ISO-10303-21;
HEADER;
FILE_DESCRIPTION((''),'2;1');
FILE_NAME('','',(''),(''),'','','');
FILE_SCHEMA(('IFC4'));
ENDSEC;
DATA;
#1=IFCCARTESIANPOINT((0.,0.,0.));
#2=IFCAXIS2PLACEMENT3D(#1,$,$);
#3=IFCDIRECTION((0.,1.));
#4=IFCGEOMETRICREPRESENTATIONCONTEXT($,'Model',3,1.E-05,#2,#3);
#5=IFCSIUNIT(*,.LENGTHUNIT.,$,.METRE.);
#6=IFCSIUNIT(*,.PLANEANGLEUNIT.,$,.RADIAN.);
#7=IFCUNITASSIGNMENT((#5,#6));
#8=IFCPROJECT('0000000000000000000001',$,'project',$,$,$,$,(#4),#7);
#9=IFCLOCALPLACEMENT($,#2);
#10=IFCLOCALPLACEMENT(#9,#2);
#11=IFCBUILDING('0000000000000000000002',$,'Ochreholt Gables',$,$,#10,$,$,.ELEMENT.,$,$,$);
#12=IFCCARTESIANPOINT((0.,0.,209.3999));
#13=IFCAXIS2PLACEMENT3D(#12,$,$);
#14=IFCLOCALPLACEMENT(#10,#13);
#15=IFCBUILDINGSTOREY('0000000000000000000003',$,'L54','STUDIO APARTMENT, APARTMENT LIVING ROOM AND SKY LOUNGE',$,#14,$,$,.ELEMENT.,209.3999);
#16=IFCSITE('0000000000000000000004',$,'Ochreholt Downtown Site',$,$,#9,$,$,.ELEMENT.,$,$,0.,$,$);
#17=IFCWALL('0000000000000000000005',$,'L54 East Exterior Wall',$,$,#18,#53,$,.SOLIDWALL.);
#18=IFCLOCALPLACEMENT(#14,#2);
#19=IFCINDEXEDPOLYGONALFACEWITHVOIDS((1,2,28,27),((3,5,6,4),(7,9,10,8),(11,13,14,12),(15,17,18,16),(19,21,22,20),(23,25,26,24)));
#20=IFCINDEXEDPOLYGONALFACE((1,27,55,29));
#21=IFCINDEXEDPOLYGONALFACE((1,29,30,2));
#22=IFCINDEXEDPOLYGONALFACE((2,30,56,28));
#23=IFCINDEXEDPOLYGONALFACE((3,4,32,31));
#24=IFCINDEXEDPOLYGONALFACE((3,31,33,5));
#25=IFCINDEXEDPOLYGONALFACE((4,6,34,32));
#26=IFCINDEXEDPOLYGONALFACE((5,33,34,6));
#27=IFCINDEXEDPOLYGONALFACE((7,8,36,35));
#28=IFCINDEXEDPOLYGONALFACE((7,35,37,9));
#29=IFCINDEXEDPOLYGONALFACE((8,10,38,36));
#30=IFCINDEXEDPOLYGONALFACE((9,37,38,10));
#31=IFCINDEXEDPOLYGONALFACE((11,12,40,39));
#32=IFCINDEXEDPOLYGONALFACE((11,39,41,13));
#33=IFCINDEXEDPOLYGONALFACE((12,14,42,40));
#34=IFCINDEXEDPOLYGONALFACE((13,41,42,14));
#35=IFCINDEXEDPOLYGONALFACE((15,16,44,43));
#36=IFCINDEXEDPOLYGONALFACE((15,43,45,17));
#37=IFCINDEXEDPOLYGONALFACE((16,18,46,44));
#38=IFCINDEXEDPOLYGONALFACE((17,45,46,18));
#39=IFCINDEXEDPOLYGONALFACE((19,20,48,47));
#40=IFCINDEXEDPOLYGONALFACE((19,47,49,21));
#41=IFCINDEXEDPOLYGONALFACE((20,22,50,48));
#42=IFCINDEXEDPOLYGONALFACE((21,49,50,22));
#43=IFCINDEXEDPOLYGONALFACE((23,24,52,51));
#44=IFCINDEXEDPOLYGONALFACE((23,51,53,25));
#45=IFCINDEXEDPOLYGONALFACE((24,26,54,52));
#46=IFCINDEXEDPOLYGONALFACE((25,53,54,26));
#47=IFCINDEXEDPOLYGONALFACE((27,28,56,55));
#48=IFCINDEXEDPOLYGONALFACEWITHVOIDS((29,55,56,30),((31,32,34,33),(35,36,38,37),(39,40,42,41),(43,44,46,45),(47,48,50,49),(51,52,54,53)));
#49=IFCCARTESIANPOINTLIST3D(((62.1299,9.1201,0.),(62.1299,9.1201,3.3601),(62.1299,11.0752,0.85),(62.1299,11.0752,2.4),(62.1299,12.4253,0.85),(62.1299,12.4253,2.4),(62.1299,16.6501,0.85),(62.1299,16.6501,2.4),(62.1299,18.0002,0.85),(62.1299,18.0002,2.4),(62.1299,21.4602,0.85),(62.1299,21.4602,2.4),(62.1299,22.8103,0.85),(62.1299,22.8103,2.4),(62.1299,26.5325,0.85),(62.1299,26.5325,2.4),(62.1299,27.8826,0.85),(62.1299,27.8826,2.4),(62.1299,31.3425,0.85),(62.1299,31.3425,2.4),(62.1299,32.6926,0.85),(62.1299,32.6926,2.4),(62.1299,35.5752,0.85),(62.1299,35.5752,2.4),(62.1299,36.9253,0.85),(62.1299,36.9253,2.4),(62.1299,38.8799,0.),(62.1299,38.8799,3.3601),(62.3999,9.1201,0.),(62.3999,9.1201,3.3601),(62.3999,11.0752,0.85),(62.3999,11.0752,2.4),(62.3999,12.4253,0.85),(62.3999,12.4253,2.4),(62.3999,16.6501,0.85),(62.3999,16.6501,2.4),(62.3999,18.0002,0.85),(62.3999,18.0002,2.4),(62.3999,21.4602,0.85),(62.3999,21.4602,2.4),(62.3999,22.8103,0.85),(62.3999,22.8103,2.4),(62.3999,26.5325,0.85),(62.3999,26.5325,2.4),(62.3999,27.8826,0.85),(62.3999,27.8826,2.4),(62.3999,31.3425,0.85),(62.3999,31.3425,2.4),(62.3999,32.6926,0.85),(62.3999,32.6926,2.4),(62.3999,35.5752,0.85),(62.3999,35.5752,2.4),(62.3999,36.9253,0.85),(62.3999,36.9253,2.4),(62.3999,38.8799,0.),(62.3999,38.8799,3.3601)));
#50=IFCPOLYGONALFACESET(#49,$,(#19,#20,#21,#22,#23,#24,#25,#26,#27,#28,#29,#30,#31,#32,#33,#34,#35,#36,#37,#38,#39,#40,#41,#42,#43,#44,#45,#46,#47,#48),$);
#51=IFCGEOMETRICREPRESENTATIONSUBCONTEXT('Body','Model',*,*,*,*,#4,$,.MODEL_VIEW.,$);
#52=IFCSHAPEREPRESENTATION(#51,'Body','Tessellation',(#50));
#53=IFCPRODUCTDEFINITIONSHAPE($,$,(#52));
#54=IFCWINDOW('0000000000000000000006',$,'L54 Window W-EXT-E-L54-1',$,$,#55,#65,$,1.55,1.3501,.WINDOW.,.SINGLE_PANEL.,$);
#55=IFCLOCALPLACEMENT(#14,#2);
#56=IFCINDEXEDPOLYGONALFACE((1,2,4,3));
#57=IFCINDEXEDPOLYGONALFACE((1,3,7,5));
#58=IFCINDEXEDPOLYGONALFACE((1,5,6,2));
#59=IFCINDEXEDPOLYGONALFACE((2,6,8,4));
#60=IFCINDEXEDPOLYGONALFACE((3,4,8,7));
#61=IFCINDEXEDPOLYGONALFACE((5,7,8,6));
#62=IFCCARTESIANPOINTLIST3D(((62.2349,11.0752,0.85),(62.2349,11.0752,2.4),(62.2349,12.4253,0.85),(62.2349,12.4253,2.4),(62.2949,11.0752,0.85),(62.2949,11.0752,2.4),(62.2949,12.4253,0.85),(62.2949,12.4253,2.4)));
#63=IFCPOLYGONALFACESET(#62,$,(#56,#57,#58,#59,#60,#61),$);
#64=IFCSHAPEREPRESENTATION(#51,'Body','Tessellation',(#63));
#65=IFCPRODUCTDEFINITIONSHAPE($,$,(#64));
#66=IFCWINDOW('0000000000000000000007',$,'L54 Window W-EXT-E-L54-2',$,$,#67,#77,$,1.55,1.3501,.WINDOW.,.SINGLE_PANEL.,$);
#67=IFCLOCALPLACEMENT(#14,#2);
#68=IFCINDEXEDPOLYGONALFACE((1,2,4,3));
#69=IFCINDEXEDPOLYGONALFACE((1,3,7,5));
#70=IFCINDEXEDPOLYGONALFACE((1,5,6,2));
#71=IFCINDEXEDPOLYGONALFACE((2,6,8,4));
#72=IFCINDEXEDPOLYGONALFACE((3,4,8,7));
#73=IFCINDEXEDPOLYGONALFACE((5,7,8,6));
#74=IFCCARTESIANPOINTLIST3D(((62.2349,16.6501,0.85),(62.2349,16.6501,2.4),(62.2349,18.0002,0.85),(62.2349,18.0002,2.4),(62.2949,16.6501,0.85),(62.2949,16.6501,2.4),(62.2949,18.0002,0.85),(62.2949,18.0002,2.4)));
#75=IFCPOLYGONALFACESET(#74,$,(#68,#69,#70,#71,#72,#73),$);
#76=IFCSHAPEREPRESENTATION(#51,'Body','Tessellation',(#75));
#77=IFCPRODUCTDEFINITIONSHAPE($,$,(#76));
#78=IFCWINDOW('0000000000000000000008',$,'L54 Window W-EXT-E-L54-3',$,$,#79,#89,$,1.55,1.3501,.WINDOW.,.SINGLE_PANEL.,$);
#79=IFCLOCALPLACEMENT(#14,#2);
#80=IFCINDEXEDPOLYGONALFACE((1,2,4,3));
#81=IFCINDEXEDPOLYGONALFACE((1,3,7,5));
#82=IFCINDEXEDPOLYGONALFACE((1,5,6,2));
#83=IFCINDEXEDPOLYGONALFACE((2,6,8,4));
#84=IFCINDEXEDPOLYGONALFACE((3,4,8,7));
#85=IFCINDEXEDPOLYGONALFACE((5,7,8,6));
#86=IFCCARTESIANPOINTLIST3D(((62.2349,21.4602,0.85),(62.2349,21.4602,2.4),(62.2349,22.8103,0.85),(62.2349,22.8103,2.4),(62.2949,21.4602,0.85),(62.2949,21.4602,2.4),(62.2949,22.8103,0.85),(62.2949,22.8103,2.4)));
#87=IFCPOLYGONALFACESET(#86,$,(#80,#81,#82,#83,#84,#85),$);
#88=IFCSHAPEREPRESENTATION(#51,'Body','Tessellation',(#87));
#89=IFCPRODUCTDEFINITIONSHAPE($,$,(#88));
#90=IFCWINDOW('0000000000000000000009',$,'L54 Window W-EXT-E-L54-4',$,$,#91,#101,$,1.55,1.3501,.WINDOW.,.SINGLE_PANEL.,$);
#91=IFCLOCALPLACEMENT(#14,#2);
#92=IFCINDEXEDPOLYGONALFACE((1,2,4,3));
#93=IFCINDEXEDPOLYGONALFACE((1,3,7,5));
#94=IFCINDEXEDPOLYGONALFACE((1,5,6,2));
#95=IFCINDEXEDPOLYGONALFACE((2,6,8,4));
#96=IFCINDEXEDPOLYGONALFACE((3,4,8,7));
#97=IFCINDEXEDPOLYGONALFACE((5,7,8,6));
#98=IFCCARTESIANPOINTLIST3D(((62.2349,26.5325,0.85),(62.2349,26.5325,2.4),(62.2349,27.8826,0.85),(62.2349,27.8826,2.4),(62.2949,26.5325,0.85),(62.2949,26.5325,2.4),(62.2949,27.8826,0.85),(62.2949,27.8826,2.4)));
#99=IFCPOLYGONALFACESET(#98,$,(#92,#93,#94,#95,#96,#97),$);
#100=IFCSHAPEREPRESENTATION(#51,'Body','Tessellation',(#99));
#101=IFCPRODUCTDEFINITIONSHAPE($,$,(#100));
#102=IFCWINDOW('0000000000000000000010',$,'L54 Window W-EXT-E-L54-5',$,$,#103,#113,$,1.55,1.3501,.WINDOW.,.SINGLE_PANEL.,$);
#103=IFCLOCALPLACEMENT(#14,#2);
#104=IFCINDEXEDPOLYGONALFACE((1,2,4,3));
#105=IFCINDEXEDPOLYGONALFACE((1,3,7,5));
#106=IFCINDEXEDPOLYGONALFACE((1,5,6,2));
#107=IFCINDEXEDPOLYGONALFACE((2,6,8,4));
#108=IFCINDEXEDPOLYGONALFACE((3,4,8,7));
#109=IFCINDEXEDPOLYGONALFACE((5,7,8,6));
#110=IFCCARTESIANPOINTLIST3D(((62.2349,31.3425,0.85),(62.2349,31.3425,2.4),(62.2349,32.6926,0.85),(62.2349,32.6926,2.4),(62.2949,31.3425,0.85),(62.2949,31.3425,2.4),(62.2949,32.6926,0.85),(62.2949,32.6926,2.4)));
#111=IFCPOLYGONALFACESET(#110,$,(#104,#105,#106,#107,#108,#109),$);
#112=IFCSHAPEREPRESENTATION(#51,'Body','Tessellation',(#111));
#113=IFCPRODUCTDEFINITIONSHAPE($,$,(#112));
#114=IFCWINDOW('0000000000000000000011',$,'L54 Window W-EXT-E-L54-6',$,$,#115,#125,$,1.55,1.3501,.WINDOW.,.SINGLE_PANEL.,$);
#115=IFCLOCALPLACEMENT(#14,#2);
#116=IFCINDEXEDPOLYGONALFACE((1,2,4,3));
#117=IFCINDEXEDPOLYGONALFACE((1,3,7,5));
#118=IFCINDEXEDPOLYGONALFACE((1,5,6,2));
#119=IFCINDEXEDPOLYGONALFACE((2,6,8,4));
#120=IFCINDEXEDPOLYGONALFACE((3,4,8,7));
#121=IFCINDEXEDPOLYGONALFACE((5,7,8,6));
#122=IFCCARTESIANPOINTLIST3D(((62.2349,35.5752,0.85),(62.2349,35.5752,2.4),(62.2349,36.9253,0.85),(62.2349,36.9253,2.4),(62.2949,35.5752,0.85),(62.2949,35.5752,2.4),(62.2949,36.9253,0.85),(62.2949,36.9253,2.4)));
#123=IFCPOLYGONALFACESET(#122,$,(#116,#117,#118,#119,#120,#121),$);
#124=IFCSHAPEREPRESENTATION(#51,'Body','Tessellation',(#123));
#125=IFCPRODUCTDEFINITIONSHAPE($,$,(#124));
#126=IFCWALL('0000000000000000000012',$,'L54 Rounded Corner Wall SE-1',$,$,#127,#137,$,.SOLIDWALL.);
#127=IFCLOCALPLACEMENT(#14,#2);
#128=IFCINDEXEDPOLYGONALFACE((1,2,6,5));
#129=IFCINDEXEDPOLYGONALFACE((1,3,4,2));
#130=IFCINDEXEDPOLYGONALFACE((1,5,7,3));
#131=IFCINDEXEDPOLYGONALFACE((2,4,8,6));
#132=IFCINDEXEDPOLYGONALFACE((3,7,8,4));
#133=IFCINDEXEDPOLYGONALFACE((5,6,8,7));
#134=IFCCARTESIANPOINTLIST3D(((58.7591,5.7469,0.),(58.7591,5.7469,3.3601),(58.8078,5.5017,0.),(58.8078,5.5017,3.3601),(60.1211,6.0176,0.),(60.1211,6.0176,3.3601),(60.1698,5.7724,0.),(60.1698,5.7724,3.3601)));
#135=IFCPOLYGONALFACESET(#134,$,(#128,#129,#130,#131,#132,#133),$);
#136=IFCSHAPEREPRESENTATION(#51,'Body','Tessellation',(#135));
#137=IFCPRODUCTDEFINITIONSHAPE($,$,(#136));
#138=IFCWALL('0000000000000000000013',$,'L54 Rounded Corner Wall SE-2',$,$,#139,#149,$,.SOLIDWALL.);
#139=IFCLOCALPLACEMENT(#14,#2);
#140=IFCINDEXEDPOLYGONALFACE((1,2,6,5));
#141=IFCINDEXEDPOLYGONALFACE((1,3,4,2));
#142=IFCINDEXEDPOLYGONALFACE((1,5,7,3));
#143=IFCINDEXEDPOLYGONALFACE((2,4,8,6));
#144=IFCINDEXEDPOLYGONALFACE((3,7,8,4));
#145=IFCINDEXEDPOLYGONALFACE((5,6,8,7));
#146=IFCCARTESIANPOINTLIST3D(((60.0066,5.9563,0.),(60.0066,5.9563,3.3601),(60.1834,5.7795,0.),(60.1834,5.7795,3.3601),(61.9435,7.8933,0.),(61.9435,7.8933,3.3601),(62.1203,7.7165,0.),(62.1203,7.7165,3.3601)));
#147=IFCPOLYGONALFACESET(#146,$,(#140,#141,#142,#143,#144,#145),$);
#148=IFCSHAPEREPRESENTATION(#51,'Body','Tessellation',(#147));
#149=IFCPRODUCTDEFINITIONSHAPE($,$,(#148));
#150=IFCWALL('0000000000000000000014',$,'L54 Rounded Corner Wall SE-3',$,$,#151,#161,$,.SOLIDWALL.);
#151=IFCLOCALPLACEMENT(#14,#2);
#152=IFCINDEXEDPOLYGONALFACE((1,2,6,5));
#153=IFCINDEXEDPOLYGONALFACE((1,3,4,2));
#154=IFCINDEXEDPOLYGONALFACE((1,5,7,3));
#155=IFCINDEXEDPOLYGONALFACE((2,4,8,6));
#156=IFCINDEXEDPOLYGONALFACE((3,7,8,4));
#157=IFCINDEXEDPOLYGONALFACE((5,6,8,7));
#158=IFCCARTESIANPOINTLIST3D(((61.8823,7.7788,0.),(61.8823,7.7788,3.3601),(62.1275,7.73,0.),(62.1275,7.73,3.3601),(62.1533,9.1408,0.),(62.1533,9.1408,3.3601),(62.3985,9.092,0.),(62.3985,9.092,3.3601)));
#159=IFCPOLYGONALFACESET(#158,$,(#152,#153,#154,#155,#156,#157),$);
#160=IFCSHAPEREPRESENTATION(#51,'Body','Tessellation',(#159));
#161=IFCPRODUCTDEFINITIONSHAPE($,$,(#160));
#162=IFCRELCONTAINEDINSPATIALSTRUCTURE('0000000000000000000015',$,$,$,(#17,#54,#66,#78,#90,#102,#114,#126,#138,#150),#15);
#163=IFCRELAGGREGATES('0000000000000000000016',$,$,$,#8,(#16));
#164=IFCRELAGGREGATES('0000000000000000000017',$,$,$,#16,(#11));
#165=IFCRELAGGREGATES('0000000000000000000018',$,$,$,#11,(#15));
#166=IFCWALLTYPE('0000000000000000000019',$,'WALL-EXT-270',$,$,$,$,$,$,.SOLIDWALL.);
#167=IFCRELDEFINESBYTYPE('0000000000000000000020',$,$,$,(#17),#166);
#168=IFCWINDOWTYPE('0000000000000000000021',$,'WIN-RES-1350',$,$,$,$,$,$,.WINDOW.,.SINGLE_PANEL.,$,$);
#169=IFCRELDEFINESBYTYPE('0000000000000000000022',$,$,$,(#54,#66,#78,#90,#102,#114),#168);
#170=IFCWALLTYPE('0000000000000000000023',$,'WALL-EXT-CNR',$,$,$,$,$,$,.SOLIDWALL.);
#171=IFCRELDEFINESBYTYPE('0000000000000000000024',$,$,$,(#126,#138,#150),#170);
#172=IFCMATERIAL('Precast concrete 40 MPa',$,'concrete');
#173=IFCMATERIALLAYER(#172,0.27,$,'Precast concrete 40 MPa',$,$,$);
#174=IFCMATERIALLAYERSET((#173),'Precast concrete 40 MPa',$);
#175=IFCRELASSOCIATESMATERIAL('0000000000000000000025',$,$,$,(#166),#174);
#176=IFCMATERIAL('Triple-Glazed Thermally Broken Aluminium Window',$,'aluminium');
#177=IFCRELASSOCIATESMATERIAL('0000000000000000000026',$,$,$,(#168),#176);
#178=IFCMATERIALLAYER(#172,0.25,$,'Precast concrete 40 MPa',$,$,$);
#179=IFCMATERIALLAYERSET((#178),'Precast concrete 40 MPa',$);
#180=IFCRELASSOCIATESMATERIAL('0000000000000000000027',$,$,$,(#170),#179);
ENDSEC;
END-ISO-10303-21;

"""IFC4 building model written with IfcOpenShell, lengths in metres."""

from ifc_helpers import new_model, si_unit, direction, frame, frame_2d, origin, place, context, subcontext, project, spatial, rectangle, extrude, material, layer, layer_set, type_object, element, fill, save


model = new_model("IFC4")

# Units and contexts
model_context = context("Model", 3, precision=1e-05, world=origin(), true_north=direction((0.0, 1.0)))
body_context = subcontext(model_context, "Body", "Model", "MODEL_VIEW")
ifc_project = project(units=[si_unit("LENGTHUNIT", "METRE"), si_unit("PLANEANGLEUNIT", "RADIAN")], contexts=[model_context])

# Site, building, storey
site_placement = place(None, origin())
site = spatial("IfcSite", under=ifc_project, at=site_placement, Name="Ochreholt Downtown Site", CompositionType="ELEMENT", RefElevation=0.0)
building_placement = place(site_placement, origin())
building = spatial("IfcBuilding", under=site, at=building_placement, Name="Ochreholt Gables", CompositionType="ELEMENT")
storey_placement = place(building_placement, frame((0.0, 0.0, 209.3999)))
storey = spatial("IfcBuildingStorey", under=building, at=storey_placement, Name="L54", Description="STUDIO APARTMENT, APARTMENT LIVING ROOM AND SKY LOUNGE", CompositionType="ELEMENT", Elevation=209.3999)

# Wall, openings, windows
ifc_material_1 = material(Name="Precast concrete 40 MPa", Category="concrete")
ifc_layer_1 = layer(ifc_material_1, 0.27, Name="Precast concrete 40 MPa")
ifc_layer_set_1 = layer_set([ifc_layer_1], Name="Precast concrete 40 MPa")
wall_type_1 = type_object("IfcWallType", Name="WALL-EXT-270", PredefinedType="SOLIDWALL", material=ifc_layer_set_1)
wall_1_placement = place(storey_placement, frame((62.2649, 9.1201, 0.0), z_axis=(0.0, 0.0, 1.0), x_axis=(0.0, 1.0, 0.0)))
wall_1 = element("IfcWall", 1, at=wall_1_placement, inside=storey, type_object=wall_type_1, Name="L54 East Exterior Wall", PredefinedType="SOLIDWALL", context=body_context, shape_type="SweptSolid", body=[
    extrude(rectangle(XDim=29.7598, YDim=0.27, at=frame_2d((14.8799, 0.0))), origin(), (0.0, 0.0, 1.0), 3.3601),
])
opening_1_placement = place(wall_1_placement, frame((1.9551, 0.0, 0.8501)))
opening_1 = element("IfcOpeningElement", 2, at=opening_1_placement, cuts=wall_1, PredefinedType="OPENING", context=body_context, shape_type="SweptSolid", body=[
    extrude(rectangle(XDim=1.3501, YDim=1.55, at=frame_2d((0.675, 0.7749))), frame((0.0, 0.145, 0.0), z_axis=(0.0, -1.0, 0.0), x_axis=(1.0, 0.0, 0.0)), (0.0, 0.0, 1.0), 0.29),
])
opening_2_placement = place(wall_1_placement, frame((7.53, 0.0, 0.8501)))
opening_2 = element("IfcOpeningElement", 3, at=opening_2_placement, cuts=wall_1, PredefinedType="OPENING", context=body_context, shape_type="SweptSolid", body=[
    extrude(rectangle(XDim=1.3501, YDim=1.55, at=frame_2d((0.675, 0.7749))), frame((0.0, 0.145, 0.0), z_axis=(0.0, -1.0, 0.0), x_axis=(1.0, 0.0, 0.0)), (0.0, 0.0, 1.0), 0.29),
])
opening_3_placement = place(wall_1_placement, frame((12.3401, 0.0, 0.8501)))
opening_3 = element("IfcOpeningElement", 4, at=opening_3_placement, cuts=wall_1, PredefinedType="OPENING", context=body_context, shape_type="SweptSolid", body=[
    extrude(rectangle(XDim=1.3501, YDim=1.55, at=frame_2d((0.675, 0.7749))), frame((0.0, 0.145, 0.0), z_axis=(0.0, -1.0, 0.0), x_axis=(1.0, 0.0, 0.0)), (0.0, 0.0, 1.0), 0.29),
])
opening_4_placement = place(wall_1_placement, frame((17.4124, 0.0, 0.8501)))
opening_4 = element("IfcOpeningElement", 5, at=opening_4_placement, cuts=wall_1, PredefinedType="OPENING", context=body_context, shape_type="SweptSolid", body=[
    extrude(rectangle(XDim=1.3501, YDim=1.55, at=frame_2d((0.675, 0.7749))), frame((0.0, 0.145, 0.0), z_axis=(0.0, -1.0, 0.0), x_axis=(1.0, 0.0, 0.0)), (0.0, 0.0, 1.0), 0.29),
])
opening_5_placement = place(wall_1_placement, frame((22.2224, 0.0, 0.8501)))
opening_5 = element("IfcOpeningElement", 6, at=opening_5_placement, cuts=wall_1, PredefinedType="OPENING", context=body_context, shape_type="SweptSolid", body=[
    extrude(rectangle(XDim=1.3501, YDim=1.55, at=frame_2d((0.675, 0.7749))), frame((0.0, 0.145, 0.0), z_axis=(0.0, -1.0, 0.0), x_axis=(1.0, 0.0, 0.0)), (0.0, 0.0, 1.0), 0.29),
])
opening_6_placement = place(wall_1_placement, frame((26.4551, 0.0, 0.8501)))
opening_6 = element("IfcOpeningElement", 7, at=opening_6_placement, cuts=wall_1, PredefinedType="OPENING", context=body_context, shape_type="SweptSolid", body=[
    extrude(rectangle(XDim=1.3501, YDim=1.55, at=frame_2d((0.675, 0.7749))), frame((0.0, 0.145, 0.0), z_axis=(0.0, -1.0, 0.0), x_axis=(1.0, 0.0, 0.0)), (0.0, 0.0, 1.0), 0.29),
])
ifc_material_2 = material(Name="Triple-Glazed Thermally Broken Aluminium Window", Category="aluminium")
window_type = type_object("IfcWindowType", Name="WIN-RES-1350", PartitioningType="SINGLE_PANEL", PredefinedType="WINDOW", material=ifc_material_2)
window_1_placement = place(opening_1_placement, origin())
window_1 = element("IfcWindow", 8, at=window_1_placement, inside=storey, type_object=window_type, Name="L54 Window W-EXT-E-L54-1", OverallHeight=1.55, OverallWidth=1.3501, PartitioningType="SINGLE_PANEL", PredefinedType="WINDOW", context=body_context, shape_type="SweptSolid", body=[
    extrude(rectangle(XDim=1.3501, YDim=1.55, at=frame_2d((0.675, 0.7749))), frame((0.0, 0.03, 0.0), z_axis=(0.0, -1.0, 0.0), x_axis=(1.0, 0.0, 0.0)), (0.0, 0.0, 1.0), 0.0601),
])
fill(opening_1, window_1)
window_2_placement = place(opening_2_placement, origin())
window_2 = element("IfcWindow", 9, at=window_2_placement, inside=storey, type_object=window_type, Name="L54 Window W-EXT-E-L54-2", OverallHeight=1.55, OverallWidth=1.3501, PartitioningType="SINGLE_PANEL", PredefinedType="WINDOW", context=body_context, shape_type="SweptSolid", body=[
    extrude(rectangle(XDim=1.3501, YDim=1.55, at=frame_2d((0.675, 0.7749))), frame((0.0, 0.03, 0.0), z_axis=(0.0, -1.0, 0.0), x_axis=(1.0, 0.0, 0.0)), (0.0, 0.0, 1.0), 0.0601),
])
fill(opening_2, window_2)
window_3_placement = place(opening_3_placement, origin())
window_3 = element("IfcWindow", 10, at=window_3_placement, inside=storey, type_object=window_type, Name="L54 Window W-EXT-E-L54-3", OverallHeight=1.55, OverallWidth=1.3501, PartitioningType="SINGLE_PANEL", PredefinedType="WINDOW", context=body_context, shape_type="SweptSolid", body=[
    extrude(rectangle(XDim=1.3501, YDim=1.55, at=frame_2d((0.675, 0.7749))), frame((0.0, 0.03, 0.0), z_axis=(0.0, -1.0, 0.0), x_axis=(1.0, 0.0, 0.0)), (0.0, 0.0, 1.0), 0.0601),
])
fill(opening_3, window_3)
window_4_placement = place(opening_4_placement, origin())
window_4 = element("IfcWindow", 11, at=window_4_placement, inside=storey, type_object=window_type, Name="L54 Window W-EXT-E-L54-4", OverallHeight=1.55, OverallWidth=1.3501, PartitioningType="SINGLE_PANEL", PredefinedType="WINDOW", context=body_context, shape_type="SweptSolid", body=[
    extrude(rectangle(XDim=1.3501, YDim=1.55, at=frame_2d((0.675, 0.7749))), frame((0.0, 0.03, 0.0), z_axis=(0.0, -1.0, 0.0), x_axis=(1.0, 0.0, 0.0)), (0.0, 0.0, 1.0), 0.0601),
])
fill(opening_4, window_4)
window_5_placement = place(opening_5_placement, origin())
window_5 = element("IfcWindow", 12, at=window_5_placement, inside=storey, type_object=window_type, Name="L54 Window W-EXT-E-L54-5", OverallHeight=1.55, OverallWidth=1.3501, PartitioningType="SINGLE_PANEL", PredefinedType="WINDOW", context=body_context, shape_type="SweptSolid", body=[
    extrude(rectangle(XDim=1.3501, YDim=1.55, at=frame_2d((0.675, 0.7749))), frame((0.0, 0.03, 0.0), z_axis=(0.0, -1.0, 0.0), x_axis=(1.0, 0.0, 0.0)), (0.0, 0.0, 1.0), 0.0601),
])
fill(opening_5, window_5)
window_6_placement = place(opening_6_placement, origin())
window_6 = element("IfcWindow", 13, at=window_6_placement, inside=storey, type_object=window_type, Name="L54 Window W-EXT-E-L54-6", OverallHeight=1.55, OverallWidth=1.3501, PartitioningType="SINGLE_PANEL", PredefinedType="WINDOW", context=body_context, shape_type="SweptSolid", body=[
    extrude(rectangle(XDim=1.3501, YDim=1.55, at=frame_2d((0.675, 0.7749))), frame((0.0, 0.03, 0.0), z_axis=(0.0, -1.0, 0.0), x_axis=(1.0, 0.0, 0.0)), (0.0, 0.0, 1.0), 0.0601),
])
fill(opening_6, window_6)

# Walls
ifc_layer_2 = layer(ifc_material_1, 0.25, Name="Precast concrete 40 MPa")
ifc_layer_set_2 = layer_set([ifc_layer_2], Name="Precast concrete 40 MPa")
wall_type_2 = type_object("IfcWallType", Name="WALL-EXT-CNR", PredefinedType="SOLIDWALL", material=ifc_layer_set_2)
wall_2_placement = place(storey_placement, frame((58.7834, 5.6243, 0.0), z_axis=(0.0, 0.0, 1.0), x_axis=(0.98081, 0.194967, 0.0)))
element("IfcWall", 14, at=wall_2_placement, inside=storey, type_object=wall_type_2, Name="L54 Rounded Corner Wall SE-1", PredefinedType="SOLIDWALL", context=body_context, shape_type="SweptSolid", body=[
    extrude(rectangle(XDim=1.3887, YDim=0.25, at=frame_2d((0.6943, 0.0))), origin(), (0.0, 0.0, 1.0), 3.3601),
])
wall_3_placement = place(storey_placement, frame((60.095, 5.8679, 0.0), z_axis=(0.0, 0.0, 1.0), x_axis=(0.707107, 0.707107, 0.0)))
element("IfcWall", 15, at=wall_3_placement, inside=storey, type_object=wall_type_2, Name="L54 Rounded Corner Wall SE-2", PredefinedType="SOLIDWALL", context=body_context, shape_type="SweptSolid", body=[
    extrude(rectangle(XDim=2.7393, YDim=0.25, at=frame_2d((1.3696, 0.0))), origin(), (0.0, 0.0, 1.0), 3.3601),
])
wall_4_placement = place(storey_placement, frame((62.0049, 7.7544, 0.0), z_axis=(0.0, 0.0, 1.0), x_axis=(0.195136, 0.980776, 0.0)))
element("IfcWall", 16, at=wall_4_placement, inside=storey, type_object=wall_type_2, Name="L54 Rounded Corner Wall SE-3", PredefinedType="SOLIDWALL", context=body_context, shape_type="SweptSolid", body=[
    extrude(rectangle(XDim=1.3887, YDim=0.25, at=frame_2d((0.6943, 0.0))), origin(), (0.0, 0.0, 1.0), 3.3601),
])

save(model, "model.ifc")
